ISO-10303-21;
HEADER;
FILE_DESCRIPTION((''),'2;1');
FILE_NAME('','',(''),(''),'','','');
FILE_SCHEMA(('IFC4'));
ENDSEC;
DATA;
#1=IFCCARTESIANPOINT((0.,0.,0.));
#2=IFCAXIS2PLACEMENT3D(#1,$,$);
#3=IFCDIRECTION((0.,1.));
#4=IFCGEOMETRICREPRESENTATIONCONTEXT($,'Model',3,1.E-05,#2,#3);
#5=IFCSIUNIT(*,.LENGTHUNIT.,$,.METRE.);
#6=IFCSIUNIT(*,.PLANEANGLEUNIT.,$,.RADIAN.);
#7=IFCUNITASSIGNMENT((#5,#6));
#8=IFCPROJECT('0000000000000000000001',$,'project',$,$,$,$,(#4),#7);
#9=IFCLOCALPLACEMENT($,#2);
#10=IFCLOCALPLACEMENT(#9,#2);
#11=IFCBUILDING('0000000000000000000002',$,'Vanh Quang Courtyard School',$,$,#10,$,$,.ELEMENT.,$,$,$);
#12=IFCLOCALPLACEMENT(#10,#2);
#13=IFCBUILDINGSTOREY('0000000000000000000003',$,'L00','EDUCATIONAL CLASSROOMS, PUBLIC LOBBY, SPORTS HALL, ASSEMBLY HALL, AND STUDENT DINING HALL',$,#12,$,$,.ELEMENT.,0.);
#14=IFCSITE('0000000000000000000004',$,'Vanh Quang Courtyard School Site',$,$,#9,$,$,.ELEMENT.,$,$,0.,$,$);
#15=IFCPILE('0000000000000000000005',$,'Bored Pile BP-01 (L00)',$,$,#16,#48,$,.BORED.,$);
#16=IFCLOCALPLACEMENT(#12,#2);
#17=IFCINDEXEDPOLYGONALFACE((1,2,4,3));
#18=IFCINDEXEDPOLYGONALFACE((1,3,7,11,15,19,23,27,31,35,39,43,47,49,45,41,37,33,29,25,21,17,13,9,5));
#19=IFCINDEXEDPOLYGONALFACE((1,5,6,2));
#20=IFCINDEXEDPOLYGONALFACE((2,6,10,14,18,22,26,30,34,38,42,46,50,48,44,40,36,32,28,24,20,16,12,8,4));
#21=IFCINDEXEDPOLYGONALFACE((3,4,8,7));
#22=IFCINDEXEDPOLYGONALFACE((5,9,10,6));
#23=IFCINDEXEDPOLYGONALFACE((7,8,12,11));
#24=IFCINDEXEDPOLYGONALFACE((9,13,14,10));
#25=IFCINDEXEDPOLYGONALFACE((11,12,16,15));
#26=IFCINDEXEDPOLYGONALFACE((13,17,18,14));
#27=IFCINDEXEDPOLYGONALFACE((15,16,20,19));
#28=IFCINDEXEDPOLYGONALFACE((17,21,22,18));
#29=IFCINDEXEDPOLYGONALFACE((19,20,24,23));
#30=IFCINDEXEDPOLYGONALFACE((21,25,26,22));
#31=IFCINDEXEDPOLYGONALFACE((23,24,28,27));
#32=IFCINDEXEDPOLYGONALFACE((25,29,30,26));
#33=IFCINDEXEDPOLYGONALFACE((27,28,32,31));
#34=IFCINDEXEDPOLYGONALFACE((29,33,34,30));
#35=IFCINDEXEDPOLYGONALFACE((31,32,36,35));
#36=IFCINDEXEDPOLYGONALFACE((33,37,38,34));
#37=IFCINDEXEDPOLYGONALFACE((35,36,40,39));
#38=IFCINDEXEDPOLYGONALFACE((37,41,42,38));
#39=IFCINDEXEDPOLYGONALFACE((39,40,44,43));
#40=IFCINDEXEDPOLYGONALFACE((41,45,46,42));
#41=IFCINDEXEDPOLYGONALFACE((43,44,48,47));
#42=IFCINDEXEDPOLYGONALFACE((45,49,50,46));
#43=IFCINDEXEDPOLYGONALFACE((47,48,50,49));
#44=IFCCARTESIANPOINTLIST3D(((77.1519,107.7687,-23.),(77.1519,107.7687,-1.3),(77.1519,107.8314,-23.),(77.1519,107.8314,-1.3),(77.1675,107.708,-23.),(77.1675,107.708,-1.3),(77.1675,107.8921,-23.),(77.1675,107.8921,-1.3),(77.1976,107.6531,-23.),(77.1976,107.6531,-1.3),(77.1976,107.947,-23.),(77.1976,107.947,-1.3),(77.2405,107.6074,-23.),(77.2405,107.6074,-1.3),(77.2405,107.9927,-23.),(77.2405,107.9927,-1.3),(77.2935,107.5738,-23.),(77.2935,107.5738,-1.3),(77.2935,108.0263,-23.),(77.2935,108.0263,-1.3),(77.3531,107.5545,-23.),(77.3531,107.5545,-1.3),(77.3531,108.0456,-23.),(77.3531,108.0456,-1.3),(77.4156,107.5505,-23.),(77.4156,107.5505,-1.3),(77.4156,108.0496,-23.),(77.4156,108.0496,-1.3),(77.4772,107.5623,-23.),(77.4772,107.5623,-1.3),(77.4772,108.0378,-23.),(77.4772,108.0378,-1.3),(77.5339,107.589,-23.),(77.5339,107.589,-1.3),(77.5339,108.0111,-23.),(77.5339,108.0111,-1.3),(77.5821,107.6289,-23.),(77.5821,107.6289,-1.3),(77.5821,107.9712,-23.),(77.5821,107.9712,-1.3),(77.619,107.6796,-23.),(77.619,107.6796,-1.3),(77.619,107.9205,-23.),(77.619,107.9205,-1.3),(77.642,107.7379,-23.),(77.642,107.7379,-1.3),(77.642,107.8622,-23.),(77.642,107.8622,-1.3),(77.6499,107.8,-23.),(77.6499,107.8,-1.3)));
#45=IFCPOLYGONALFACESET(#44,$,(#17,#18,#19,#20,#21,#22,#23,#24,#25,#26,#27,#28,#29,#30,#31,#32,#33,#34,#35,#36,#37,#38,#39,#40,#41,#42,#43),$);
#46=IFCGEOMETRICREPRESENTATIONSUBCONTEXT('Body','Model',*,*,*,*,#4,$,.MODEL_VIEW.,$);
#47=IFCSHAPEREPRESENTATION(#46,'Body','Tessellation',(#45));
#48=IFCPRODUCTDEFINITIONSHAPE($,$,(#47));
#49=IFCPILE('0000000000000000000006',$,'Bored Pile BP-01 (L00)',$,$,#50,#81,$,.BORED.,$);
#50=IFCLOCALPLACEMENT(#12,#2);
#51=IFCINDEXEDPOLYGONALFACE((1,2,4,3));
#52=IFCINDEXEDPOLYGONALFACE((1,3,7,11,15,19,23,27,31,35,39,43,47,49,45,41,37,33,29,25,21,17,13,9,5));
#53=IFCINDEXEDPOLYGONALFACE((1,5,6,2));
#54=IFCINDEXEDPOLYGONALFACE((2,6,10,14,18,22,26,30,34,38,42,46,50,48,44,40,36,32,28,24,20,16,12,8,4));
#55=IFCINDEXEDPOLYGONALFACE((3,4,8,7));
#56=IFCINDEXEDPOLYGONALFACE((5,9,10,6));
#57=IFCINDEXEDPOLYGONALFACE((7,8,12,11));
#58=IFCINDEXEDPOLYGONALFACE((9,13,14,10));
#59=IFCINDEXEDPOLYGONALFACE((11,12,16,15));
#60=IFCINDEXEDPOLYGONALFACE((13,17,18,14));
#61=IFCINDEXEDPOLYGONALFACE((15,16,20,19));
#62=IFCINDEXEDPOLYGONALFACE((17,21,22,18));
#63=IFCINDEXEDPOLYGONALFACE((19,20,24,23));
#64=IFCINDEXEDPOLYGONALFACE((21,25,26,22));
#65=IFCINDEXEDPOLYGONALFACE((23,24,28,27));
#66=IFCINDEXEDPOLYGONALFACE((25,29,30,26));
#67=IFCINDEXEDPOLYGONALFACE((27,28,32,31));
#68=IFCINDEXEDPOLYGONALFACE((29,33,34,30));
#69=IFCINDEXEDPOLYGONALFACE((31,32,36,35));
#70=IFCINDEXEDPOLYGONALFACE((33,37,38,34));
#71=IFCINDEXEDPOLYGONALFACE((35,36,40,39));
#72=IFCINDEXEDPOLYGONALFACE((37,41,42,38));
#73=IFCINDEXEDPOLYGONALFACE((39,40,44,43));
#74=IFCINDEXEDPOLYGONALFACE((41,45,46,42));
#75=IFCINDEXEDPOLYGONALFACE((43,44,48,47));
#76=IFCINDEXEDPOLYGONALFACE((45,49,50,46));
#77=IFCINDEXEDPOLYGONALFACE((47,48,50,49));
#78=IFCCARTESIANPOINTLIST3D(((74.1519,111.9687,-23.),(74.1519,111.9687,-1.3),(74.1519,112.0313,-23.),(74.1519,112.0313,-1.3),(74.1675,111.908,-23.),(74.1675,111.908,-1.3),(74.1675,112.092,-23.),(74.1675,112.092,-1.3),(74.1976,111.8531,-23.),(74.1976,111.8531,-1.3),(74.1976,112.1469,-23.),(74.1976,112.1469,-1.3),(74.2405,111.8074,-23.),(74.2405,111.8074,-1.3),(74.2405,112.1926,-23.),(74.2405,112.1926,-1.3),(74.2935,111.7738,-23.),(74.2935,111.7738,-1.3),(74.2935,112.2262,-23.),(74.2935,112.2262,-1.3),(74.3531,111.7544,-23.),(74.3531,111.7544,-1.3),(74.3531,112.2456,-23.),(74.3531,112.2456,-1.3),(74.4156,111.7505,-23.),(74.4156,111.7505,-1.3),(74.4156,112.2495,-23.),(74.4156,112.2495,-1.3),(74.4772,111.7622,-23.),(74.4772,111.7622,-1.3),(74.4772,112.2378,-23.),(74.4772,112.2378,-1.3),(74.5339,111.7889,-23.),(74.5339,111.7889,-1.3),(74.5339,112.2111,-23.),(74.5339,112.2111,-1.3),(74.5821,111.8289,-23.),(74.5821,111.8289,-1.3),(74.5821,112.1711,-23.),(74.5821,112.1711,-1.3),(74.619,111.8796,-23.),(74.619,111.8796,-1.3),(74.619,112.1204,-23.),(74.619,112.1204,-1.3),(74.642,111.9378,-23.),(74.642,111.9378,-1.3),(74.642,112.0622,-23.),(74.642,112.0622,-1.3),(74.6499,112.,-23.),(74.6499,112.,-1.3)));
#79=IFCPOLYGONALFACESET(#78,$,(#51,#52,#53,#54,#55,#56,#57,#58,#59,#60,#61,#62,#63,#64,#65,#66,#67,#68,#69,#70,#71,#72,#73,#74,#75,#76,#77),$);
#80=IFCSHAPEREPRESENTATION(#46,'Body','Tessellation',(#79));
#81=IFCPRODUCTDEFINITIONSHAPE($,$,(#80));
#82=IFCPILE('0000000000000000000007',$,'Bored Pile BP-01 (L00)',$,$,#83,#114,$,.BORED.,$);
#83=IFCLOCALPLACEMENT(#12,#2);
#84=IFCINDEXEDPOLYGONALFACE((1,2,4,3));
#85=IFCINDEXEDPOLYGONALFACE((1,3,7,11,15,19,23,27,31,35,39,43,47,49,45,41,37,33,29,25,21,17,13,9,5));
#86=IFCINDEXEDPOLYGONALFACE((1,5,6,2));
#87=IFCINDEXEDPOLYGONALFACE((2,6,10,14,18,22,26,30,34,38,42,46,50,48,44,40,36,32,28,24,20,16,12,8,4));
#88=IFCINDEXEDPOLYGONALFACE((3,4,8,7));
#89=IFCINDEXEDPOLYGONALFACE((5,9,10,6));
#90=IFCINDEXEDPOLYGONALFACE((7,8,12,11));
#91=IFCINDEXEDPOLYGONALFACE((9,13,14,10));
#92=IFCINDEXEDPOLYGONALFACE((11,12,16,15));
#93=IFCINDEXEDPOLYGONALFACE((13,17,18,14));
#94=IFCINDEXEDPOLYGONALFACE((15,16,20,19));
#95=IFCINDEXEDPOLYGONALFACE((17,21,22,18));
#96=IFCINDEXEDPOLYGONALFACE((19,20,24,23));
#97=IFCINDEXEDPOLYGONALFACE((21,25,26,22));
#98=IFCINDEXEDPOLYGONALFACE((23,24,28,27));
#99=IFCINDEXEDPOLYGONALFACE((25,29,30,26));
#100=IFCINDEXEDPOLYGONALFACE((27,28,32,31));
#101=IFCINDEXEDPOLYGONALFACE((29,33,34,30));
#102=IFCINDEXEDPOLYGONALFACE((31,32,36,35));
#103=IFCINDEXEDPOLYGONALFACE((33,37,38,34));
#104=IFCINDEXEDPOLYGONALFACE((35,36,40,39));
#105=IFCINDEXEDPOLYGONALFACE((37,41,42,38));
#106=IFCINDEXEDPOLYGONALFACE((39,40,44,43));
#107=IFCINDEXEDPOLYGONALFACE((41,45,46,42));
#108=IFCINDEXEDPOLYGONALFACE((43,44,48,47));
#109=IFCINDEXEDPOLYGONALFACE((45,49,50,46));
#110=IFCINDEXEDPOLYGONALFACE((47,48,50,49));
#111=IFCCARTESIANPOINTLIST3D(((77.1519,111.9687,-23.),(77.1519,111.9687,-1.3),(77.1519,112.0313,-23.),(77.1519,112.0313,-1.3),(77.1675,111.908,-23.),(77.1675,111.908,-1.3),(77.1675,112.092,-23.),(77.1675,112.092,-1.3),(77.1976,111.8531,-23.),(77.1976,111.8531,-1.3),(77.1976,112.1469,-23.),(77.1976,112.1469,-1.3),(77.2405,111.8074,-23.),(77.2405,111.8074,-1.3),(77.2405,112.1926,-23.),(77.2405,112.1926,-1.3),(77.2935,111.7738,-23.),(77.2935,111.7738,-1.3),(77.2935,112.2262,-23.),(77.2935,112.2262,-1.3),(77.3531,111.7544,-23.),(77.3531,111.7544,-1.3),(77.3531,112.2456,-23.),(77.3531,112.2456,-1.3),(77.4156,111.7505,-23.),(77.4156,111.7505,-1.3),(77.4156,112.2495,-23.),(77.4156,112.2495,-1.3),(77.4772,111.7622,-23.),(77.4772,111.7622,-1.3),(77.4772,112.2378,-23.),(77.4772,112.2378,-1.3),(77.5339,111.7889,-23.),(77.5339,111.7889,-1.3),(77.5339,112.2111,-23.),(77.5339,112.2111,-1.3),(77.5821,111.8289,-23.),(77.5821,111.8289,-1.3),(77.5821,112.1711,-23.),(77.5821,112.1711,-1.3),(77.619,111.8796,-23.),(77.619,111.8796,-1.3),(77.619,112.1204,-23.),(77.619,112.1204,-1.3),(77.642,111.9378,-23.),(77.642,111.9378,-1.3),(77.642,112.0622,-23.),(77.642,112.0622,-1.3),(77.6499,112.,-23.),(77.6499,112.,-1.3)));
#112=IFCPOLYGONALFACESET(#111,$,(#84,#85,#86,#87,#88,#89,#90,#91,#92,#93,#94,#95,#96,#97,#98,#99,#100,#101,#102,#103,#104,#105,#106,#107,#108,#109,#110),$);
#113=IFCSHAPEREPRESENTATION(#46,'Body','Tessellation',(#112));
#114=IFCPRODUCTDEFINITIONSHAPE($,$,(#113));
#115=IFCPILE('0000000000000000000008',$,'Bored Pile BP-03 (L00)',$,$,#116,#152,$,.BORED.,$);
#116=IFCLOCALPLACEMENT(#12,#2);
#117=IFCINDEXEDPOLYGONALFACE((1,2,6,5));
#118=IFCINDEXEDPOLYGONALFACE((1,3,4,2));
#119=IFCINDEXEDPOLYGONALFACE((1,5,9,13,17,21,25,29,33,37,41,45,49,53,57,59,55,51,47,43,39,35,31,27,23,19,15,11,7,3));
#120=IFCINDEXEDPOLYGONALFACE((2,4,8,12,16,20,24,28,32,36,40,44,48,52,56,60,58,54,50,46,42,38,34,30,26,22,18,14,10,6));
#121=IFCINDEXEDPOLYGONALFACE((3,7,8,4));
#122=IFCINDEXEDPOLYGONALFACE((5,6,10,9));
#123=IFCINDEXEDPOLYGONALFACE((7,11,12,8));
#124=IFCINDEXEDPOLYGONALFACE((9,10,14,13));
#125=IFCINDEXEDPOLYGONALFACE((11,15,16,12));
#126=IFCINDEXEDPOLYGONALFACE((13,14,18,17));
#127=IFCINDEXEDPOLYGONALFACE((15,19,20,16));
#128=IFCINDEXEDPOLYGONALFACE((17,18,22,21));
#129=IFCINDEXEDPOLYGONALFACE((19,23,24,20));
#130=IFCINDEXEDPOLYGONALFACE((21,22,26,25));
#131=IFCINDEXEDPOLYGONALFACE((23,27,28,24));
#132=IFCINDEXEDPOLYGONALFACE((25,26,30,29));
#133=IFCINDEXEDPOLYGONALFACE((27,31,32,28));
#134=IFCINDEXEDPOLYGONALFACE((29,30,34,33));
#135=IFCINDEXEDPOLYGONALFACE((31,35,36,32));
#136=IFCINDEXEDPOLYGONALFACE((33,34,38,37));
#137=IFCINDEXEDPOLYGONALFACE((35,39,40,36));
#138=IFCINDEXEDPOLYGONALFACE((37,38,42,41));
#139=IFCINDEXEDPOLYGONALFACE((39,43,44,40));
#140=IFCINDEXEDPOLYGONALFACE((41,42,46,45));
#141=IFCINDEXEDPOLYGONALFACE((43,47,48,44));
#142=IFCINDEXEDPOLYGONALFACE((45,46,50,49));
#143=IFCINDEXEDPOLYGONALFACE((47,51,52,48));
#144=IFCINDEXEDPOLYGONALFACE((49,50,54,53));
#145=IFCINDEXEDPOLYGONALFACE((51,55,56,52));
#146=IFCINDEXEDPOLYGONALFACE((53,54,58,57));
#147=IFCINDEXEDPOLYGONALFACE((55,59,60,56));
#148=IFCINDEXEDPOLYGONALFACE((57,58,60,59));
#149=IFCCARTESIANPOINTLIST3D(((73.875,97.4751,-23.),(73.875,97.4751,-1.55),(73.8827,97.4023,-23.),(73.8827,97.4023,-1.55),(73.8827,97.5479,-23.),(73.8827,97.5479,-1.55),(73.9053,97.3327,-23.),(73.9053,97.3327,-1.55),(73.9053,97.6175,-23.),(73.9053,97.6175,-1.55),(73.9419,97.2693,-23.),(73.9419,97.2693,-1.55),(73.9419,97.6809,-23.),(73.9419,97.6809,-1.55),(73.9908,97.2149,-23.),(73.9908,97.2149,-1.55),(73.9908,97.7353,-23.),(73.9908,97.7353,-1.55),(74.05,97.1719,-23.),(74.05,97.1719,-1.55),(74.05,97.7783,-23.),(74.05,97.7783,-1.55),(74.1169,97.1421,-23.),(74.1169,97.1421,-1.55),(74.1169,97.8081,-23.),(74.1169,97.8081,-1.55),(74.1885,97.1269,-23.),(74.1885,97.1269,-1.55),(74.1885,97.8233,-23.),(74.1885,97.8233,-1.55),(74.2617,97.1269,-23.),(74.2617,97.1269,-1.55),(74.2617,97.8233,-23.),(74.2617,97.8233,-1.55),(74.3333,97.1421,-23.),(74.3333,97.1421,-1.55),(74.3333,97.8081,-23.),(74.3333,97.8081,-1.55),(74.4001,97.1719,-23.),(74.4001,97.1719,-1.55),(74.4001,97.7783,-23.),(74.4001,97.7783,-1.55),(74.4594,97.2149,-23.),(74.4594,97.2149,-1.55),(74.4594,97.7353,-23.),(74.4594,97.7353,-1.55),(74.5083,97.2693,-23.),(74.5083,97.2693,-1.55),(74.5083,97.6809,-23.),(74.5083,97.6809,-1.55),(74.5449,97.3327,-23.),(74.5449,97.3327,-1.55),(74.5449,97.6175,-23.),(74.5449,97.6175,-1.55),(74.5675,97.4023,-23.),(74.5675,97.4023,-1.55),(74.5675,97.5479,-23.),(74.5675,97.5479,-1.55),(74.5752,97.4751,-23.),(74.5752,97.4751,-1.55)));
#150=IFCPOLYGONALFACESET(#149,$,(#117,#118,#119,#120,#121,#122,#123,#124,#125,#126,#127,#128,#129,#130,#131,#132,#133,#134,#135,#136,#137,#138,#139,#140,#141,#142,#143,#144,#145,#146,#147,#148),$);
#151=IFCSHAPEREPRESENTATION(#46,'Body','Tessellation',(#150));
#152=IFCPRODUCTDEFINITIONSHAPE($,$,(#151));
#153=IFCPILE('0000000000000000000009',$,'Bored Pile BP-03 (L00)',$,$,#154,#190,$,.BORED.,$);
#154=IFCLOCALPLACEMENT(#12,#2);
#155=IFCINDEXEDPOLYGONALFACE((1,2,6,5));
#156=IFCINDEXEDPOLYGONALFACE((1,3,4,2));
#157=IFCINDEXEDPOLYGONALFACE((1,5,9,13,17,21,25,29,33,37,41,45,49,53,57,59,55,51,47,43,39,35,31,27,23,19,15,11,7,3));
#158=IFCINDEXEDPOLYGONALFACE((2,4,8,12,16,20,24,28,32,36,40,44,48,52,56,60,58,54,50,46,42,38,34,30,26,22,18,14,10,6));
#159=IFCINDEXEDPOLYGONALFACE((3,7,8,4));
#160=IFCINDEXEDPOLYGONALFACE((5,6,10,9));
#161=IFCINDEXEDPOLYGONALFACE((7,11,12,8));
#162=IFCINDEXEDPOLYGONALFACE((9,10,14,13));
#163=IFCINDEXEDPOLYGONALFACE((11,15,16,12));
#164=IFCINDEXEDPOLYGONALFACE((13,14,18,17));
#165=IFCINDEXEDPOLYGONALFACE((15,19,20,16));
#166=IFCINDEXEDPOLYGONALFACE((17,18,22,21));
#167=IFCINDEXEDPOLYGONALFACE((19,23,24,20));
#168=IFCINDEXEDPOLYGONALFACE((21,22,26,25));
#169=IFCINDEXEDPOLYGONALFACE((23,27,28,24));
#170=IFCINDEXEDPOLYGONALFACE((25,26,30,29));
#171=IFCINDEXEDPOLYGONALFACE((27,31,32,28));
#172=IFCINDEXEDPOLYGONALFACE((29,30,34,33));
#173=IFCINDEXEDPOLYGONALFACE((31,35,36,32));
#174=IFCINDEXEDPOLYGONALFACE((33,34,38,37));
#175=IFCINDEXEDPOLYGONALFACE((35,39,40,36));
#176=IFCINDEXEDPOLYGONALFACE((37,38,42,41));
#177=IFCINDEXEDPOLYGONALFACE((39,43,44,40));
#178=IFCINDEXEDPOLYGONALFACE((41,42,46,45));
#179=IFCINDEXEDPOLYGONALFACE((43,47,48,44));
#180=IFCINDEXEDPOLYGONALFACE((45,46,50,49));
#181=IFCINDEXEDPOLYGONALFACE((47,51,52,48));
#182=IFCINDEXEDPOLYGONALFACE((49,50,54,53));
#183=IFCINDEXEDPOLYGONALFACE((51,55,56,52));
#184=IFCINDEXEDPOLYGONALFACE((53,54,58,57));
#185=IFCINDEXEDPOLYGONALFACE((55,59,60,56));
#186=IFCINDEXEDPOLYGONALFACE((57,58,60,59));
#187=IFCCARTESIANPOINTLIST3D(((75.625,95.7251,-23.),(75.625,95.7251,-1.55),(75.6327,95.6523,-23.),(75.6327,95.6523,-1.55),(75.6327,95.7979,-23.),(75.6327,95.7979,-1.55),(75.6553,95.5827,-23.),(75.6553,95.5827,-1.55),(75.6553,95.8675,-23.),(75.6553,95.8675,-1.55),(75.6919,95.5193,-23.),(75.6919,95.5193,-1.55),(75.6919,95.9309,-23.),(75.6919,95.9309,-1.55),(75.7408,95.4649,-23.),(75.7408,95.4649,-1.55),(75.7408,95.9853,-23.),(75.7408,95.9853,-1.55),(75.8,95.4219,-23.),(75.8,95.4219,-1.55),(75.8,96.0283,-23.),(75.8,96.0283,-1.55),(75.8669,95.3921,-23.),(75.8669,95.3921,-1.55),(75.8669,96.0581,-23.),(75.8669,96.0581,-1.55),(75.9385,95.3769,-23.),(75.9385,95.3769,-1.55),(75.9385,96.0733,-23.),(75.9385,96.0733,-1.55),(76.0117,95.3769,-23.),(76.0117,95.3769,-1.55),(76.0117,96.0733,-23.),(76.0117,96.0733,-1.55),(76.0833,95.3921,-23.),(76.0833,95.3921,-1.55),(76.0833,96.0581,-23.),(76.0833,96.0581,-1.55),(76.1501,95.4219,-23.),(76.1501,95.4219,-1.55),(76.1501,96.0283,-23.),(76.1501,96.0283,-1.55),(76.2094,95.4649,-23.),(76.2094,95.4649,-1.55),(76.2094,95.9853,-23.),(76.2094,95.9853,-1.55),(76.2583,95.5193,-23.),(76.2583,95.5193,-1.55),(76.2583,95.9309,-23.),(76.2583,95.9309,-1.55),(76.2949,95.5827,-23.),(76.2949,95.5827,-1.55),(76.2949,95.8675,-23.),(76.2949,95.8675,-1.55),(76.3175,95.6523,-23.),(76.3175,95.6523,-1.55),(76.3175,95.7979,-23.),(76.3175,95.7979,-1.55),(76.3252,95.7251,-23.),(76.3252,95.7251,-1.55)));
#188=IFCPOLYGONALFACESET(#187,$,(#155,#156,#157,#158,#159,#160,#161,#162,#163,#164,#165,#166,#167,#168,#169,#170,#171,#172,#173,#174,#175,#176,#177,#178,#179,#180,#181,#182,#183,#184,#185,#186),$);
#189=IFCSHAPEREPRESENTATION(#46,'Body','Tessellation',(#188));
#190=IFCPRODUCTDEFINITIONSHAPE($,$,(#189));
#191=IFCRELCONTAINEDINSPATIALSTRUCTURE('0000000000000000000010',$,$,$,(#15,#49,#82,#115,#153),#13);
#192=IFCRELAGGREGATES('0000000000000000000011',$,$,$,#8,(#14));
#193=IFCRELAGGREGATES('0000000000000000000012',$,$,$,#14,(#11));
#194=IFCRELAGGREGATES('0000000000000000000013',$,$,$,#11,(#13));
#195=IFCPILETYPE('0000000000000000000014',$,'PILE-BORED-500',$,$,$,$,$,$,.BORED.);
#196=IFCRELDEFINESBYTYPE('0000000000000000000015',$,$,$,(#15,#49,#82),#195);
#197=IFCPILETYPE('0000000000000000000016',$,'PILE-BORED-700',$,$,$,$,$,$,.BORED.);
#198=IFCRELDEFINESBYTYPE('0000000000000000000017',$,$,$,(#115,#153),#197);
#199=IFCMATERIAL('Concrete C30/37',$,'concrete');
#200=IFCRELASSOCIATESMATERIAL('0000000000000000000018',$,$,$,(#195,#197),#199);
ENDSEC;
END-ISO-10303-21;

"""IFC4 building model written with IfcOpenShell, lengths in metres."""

from ifc_helpers import new_model, si_unit, direction, frame, origin, origin_2d, place, context, subcontext, project, spatial, circle, extrude, material, material_profile, profile_set, type_object, element, save


model = new_model("IFC4")

# Units and contexts
model_context = context("Model", 3, precision=1e-05, world=origin(), true_north=direction((0.0, 1.0)))
body_context = subcontext(model_context, "Body", "Model", "MODEL_VIEW")
ifc_project = project(units=[si_unit("LENGTHUNIT", "METRE"), si_unit("PLANEANGLEUNIT", "RADIAN")], contexts=[model_context])

# Site, building, storey
site_placement = place(None, origin())
site = spatial("IfcSite", under=ifc_project, at=site_placement, Name="Vanh Quang Courtyard School Site", CompositionType="ELEMENT", RefElevation=0.0)
building_placement = place(site_placement, origin())
building = spatial("IfcBuilding", under=site, at=building_placement, Name="Vanh Quang Courtyard School", CompositionType="ELEMENT")
storey_placement = place(building_placement, origin())
storey = spatial("IfcBuildingStorey", under=building, at=storey_placement, Name="L00", Description="EDUCATIONAL CLASSROOMS, PUBLIC LOBBY, SPORTS HALL, ASSEMBLY HALL, AND STUDENT DINING HALL", CompositionType="ELEMENT", Elevation=0.0)

# Piles
ifc_material_1 = material(Name="Concrete C30/37", Category="concrete")
ifc_material_profile_1 = material_profile(ifc_material_1, circle(Radius=0.25, at=origin_2d()), Name="PILE D500")
ifc_profile_set_1 = profile_set([ifc_material_profile_1], Name="Concrete C30/37")
pile_type_1 = type_object("IfcPileType", Name="PILE-BORED-500", PredefinedType="BORED", material=ifc_profile_set_1)
for number, where, z_axis, x_axis, name in (
    (1, (77.3999, 107.8, -1.3), (0.0, 0.0, -1.0), (1.0, 0.0, 0.0), "Bored Pile BP-01 (L00)"),
    (2, (74.3999, 112.0, -1.3), (0.0, 0.0, -1.0), (1.0, 0.0, 0.0), "Bored Pile BP-01 (L00)"),
    (3, (77.3999, 112.0, -1.3), (0.0, 0.0, -1.0), (1.0, 0.0, 0.0), "Bored Pile BP-01 (L00)"),
):
    element("IfcPile", number, at=place(storey_placement, frame(where, z_axis=z_axis, x_axis=x_axis)), inside=storey, type_object=pile_type_1, Name=name, PredefinedType="BORED", context=body_context, shape_type="SweptSolid", body=[
        extrude(circle(Radius=0.25, at=origin_2d()), origin(), (0.0, 0.0, 1.0), 21.7),
    ])
ifc_material_profile_2 = material_profile(ifc_material_1, circle(Radius=0.3501, at=origin_2d()), Name="PILE D700")
ifc_profile_set_2 = profile_set([ifc_material_profile_2], Name="Concrete C30/37")
pile_type_2 = type_object("IfcPileType", Name="PILE-BORED-700", PredefinedType="BORED", material=ifc_profile_set_2)
for number, where, z_axis, x_axis, name in (
    (4, (74.2251, 97.4751, -1.55), (0.0, 0.0, -1.0), (1.0, 0.0, 0.0), "Bored Pile BP-03 (L00)"),
    (5, (75.9751, 95.7251, -1.55), (0.0, 0.0, -1.0), (1.0, 0.0, 0.0), "Bored Pile BP-03 (L00)"),
):
    element("IfcPile", number, at=place(storey_placement, frame(where, z_axis=z_axis, x_axis=x_axis)), inside=storey, type_object=pile_type_2, Name=name, PredefinedType="BORED", context=body_context, shape_type="SweptSolid", body=[
        extrude(circle(Radius=0.3501, at=origin_2d()), origin(), (0.0, 0.0, 1.0), 21.45),
    ])

save(model, "model.ifc")
